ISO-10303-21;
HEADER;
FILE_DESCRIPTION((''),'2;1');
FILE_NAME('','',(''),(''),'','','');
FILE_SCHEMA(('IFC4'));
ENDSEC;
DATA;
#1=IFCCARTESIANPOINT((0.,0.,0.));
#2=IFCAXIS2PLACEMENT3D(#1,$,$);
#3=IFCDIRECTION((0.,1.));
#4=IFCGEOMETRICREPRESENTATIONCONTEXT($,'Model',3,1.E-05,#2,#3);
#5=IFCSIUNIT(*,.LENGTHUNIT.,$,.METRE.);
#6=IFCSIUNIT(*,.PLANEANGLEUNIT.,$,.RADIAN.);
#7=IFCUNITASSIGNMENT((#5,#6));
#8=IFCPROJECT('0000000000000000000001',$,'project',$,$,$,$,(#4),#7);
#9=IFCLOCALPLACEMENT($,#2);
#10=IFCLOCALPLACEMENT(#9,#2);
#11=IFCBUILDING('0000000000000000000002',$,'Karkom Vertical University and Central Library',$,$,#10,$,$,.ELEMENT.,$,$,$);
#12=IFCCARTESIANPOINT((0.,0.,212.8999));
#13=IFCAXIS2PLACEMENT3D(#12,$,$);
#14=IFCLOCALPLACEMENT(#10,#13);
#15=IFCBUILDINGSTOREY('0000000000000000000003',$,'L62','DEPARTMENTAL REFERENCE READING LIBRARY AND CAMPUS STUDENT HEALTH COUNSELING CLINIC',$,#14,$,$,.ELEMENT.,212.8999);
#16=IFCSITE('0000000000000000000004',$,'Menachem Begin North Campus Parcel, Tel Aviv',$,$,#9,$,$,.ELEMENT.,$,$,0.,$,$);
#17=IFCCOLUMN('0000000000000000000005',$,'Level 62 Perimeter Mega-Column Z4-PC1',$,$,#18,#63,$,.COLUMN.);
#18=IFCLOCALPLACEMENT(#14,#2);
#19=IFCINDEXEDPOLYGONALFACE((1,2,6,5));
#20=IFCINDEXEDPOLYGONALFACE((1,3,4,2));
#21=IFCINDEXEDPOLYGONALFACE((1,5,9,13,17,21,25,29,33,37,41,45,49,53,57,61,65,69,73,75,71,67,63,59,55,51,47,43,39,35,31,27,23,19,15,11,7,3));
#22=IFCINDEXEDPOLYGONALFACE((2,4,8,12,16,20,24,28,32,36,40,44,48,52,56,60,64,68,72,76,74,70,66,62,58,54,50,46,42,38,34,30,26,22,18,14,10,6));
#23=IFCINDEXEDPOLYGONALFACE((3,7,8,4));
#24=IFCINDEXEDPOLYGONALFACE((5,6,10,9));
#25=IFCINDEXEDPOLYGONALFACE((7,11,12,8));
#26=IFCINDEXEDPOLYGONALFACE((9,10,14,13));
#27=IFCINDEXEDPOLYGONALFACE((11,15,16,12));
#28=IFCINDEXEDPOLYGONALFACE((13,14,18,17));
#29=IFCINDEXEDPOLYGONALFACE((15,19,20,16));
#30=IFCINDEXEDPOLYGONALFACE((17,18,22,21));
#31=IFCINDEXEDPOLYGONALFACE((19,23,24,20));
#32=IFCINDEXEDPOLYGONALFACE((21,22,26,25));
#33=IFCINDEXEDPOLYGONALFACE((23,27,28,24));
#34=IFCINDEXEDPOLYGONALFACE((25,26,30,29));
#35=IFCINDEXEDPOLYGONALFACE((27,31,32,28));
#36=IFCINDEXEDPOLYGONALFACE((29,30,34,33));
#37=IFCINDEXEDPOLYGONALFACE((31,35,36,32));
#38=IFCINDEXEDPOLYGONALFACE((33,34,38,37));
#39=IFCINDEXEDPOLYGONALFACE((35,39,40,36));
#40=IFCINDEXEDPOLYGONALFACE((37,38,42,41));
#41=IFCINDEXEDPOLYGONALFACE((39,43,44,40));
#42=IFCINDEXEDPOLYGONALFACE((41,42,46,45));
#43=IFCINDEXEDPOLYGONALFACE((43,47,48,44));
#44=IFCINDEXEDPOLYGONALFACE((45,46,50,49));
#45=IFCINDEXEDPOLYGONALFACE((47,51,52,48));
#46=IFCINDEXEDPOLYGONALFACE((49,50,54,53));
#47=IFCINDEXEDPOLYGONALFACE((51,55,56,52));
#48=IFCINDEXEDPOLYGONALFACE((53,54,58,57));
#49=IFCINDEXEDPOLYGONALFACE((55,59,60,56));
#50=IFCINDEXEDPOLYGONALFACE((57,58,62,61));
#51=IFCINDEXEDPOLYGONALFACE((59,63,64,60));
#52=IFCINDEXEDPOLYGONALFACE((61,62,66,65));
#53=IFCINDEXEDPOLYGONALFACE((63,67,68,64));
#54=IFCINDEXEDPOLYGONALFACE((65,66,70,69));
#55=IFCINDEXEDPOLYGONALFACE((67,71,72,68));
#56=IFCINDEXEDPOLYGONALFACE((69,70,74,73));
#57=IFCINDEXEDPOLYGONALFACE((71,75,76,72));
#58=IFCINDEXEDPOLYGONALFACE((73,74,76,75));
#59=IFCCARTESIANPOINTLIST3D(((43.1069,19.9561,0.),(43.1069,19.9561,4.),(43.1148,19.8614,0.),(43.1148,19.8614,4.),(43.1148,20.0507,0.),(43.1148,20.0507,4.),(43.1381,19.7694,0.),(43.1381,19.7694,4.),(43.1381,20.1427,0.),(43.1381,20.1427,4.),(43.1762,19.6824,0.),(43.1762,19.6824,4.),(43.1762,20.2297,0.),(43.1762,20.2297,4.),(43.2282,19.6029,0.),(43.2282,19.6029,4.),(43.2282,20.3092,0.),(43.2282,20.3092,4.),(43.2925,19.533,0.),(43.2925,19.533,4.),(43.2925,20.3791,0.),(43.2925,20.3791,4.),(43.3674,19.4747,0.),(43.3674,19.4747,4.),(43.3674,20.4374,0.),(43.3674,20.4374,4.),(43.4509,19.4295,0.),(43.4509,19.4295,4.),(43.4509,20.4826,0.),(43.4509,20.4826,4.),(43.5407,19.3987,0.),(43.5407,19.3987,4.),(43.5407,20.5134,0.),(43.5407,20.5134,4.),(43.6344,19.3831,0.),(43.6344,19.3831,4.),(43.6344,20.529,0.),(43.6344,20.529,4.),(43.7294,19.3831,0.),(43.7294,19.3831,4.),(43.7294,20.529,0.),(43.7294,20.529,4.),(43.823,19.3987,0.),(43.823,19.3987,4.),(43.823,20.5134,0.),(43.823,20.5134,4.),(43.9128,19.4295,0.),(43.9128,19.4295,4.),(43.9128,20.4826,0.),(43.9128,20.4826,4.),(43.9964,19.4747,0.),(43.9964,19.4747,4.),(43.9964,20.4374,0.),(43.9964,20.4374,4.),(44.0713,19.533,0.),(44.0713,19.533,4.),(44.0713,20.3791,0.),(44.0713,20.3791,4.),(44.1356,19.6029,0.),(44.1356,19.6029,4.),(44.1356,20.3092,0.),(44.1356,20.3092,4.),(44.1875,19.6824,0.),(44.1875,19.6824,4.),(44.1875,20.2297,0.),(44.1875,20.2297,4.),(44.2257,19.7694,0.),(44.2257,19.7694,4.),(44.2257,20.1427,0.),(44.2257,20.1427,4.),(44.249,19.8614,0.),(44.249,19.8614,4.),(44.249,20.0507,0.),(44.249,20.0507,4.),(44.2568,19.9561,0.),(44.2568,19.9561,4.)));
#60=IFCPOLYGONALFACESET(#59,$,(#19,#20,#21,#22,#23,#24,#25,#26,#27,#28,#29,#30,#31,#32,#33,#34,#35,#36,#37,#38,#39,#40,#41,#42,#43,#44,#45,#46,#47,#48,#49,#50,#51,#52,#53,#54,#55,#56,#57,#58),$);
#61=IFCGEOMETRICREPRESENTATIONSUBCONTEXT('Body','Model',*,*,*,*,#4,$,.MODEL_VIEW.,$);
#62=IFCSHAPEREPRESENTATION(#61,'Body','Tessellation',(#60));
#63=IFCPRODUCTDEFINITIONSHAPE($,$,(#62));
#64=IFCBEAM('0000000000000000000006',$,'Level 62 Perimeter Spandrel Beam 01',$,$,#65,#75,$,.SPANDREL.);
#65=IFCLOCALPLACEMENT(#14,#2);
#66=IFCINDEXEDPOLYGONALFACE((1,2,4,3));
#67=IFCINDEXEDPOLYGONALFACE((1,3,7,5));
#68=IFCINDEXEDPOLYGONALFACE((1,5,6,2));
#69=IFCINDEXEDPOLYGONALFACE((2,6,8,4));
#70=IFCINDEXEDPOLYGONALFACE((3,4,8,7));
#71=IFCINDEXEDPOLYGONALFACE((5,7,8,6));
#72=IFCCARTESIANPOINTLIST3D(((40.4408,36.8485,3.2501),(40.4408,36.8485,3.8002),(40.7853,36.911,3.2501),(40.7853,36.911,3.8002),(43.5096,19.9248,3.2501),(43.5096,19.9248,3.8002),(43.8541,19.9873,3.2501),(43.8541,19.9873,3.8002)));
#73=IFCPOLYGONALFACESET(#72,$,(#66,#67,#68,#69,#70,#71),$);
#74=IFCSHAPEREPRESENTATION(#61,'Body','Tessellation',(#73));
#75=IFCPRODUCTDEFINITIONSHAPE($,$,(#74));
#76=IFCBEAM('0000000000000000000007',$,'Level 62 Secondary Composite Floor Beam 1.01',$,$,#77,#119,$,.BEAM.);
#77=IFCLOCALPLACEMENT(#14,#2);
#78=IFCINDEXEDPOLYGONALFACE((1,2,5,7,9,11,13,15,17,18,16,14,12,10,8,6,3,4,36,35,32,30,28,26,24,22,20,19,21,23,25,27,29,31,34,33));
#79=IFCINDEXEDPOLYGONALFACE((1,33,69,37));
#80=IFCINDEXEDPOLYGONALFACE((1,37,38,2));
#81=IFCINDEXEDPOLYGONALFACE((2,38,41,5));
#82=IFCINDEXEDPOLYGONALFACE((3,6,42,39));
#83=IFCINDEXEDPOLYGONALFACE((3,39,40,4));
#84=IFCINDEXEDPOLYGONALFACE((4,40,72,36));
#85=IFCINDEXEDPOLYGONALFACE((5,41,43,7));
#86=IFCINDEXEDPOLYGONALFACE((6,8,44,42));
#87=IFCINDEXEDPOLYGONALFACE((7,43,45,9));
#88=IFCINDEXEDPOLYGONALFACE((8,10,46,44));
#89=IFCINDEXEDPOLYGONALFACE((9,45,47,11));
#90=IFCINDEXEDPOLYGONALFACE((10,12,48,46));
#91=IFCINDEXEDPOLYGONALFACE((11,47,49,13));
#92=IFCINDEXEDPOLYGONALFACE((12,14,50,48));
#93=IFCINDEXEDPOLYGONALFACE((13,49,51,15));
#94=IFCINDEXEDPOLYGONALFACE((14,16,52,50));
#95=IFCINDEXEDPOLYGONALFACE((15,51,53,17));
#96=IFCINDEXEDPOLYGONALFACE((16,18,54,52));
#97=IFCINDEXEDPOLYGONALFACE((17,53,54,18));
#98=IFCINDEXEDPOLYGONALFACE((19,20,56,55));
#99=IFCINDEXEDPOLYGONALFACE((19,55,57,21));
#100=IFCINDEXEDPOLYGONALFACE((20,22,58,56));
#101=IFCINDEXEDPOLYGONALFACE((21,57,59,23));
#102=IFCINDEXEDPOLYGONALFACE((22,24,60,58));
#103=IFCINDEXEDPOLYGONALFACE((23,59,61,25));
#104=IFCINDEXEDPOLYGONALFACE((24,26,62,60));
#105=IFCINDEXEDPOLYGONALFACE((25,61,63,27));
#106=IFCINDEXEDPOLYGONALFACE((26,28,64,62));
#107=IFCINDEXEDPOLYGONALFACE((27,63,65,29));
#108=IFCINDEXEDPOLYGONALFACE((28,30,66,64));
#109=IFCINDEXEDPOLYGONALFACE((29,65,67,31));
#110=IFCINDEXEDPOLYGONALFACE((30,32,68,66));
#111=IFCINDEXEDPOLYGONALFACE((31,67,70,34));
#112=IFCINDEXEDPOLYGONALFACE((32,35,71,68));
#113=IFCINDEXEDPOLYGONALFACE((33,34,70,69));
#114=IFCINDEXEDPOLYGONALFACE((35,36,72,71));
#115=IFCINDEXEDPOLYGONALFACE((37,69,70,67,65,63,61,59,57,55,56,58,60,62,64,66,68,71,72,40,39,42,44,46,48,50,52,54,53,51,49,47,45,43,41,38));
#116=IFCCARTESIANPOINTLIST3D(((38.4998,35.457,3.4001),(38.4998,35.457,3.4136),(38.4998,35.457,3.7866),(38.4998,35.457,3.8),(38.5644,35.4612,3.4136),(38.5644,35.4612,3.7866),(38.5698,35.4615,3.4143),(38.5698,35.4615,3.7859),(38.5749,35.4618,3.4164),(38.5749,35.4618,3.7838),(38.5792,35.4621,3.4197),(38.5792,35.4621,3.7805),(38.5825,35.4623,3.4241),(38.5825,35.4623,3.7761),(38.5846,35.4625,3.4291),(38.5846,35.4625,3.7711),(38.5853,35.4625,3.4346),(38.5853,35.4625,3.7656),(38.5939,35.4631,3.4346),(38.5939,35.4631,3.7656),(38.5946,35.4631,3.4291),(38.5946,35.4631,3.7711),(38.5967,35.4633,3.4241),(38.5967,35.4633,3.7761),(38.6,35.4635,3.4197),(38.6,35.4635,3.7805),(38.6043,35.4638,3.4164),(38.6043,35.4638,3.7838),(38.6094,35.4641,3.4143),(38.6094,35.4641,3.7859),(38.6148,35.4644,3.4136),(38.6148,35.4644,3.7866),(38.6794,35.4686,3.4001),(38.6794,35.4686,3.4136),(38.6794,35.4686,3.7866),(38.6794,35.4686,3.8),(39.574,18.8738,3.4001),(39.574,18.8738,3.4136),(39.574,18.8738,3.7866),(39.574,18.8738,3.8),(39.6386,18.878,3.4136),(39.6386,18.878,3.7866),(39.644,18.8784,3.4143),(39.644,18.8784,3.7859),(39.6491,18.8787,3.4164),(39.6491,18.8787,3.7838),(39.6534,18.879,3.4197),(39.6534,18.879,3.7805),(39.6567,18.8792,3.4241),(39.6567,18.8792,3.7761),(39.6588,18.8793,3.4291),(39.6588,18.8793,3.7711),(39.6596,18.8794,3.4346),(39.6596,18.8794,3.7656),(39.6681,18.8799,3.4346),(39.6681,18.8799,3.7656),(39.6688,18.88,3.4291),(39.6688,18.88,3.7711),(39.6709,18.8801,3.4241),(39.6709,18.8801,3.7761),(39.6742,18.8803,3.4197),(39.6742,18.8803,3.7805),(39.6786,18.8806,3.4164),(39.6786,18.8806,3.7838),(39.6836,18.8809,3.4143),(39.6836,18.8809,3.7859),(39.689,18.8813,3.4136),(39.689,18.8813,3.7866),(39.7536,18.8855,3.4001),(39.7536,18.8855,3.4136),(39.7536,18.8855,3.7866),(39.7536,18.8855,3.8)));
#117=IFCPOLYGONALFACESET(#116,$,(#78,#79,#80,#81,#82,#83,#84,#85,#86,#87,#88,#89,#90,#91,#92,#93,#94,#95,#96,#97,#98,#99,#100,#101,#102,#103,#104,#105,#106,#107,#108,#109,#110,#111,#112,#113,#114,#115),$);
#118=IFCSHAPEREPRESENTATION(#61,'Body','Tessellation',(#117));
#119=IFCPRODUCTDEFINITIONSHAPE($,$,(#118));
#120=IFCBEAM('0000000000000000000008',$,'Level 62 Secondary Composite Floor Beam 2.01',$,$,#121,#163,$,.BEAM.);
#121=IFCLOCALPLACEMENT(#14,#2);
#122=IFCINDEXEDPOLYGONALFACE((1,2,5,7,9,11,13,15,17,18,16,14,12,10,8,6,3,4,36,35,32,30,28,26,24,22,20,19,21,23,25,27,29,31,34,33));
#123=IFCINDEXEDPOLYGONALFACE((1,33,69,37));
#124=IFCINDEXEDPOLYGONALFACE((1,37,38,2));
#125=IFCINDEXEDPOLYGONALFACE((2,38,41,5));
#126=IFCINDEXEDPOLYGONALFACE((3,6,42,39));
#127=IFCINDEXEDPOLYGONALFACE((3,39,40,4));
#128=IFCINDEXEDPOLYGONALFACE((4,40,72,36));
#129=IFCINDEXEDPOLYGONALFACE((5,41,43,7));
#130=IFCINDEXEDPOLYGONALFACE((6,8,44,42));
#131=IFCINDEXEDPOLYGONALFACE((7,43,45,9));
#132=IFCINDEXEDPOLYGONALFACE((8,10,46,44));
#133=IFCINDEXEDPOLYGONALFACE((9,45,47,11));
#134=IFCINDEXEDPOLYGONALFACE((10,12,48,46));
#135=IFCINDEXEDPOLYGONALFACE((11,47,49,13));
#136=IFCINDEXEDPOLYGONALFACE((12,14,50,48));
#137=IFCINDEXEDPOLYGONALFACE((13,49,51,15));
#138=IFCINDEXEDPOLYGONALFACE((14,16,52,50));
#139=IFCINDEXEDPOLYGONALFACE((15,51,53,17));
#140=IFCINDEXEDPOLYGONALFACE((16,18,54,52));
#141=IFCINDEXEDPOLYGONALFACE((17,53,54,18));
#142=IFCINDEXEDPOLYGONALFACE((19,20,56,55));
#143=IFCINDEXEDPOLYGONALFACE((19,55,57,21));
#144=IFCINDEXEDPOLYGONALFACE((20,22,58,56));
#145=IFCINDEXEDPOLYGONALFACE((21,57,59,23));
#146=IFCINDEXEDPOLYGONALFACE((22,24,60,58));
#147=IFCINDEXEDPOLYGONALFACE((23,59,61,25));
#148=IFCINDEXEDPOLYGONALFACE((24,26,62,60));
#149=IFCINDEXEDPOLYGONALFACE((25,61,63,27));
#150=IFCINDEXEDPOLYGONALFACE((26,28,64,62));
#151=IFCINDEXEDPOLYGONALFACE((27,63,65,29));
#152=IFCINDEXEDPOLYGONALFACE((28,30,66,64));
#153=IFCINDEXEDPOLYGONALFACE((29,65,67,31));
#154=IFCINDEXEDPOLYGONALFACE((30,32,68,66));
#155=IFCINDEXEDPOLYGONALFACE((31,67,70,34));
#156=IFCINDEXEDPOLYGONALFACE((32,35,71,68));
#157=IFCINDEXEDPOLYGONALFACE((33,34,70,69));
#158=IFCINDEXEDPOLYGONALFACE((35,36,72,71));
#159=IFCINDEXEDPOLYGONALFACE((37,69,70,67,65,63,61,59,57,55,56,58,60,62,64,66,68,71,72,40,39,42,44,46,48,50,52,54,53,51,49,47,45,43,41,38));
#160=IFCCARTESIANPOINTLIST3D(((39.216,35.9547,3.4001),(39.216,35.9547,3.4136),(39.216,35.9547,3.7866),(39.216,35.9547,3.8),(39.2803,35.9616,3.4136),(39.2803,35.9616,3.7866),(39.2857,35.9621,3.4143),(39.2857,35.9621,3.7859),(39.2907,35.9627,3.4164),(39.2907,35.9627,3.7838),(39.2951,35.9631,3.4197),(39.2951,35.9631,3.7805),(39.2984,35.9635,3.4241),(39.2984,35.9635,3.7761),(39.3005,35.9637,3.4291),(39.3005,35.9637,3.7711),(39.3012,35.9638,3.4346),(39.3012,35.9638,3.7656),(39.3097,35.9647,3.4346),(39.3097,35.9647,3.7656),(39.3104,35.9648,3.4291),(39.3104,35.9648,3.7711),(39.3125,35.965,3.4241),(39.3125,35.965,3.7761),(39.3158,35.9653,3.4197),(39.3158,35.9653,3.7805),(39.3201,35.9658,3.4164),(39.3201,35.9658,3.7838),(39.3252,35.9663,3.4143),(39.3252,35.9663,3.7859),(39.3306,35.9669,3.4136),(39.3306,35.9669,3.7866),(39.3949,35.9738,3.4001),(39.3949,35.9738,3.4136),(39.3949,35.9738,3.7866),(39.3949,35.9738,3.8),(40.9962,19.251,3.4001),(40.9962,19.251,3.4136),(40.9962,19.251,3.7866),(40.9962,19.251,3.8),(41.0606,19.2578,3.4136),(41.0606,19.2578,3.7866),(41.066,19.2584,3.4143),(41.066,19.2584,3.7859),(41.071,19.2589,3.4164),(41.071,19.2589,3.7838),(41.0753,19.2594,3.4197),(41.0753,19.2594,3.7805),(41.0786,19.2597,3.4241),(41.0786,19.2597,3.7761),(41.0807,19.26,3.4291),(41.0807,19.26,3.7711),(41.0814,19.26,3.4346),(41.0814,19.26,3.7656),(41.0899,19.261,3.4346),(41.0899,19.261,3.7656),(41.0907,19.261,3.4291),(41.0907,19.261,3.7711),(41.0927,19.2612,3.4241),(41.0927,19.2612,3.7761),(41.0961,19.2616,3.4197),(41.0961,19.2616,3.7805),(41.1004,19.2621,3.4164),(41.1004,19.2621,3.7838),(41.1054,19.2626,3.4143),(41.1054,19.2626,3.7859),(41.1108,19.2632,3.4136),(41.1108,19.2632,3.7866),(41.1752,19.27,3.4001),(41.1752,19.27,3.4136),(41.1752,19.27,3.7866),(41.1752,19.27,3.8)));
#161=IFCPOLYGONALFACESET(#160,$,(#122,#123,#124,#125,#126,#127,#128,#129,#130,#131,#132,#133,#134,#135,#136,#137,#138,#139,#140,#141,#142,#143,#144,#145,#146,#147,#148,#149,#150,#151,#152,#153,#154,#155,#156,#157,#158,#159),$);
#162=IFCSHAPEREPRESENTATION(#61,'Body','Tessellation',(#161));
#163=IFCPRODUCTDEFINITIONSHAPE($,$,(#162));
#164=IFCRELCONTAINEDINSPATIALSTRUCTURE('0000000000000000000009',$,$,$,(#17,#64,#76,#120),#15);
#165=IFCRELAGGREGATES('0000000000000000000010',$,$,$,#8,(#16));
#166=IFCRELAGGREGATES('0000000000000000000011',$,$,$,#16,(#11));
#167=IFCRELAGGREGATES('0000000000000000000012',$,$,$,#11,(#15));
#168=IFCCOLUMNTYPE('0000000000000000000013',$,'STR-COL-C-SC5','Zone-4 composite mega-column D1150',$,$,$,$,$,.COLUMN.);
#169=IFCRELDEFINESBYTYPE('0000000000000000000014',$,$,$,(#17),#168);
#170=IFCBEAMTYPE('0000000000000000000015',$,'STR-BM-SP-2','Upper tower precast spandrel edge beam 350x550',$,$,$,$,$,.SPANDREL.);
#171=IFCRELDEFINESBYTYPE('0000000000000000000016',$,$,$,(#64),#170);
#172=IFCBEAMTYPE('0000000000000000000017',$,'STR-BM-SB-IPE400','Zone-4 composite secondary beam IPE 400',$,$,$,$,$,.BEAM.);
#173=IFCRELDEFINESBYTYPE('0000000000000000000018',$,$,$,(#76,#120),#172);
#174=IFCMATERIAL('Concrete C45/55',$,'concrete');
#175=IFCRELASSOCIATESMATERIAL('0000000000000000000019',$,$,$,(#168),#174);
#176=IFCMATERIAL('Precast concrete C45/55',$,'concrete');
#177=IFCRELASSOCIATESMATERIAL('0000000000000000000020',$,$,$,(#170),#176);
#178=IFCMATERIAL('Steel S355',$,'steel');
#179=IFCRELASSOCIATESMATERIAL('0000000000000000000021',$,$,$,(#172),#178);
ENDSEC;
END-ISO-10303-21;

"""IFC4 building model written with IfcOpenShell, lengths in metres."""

from ifc_helpers import new_model, si_unit, direction, frame, origin, origin_with_axes, origin_2d, place, context, subcontext, project, spatial, rectangle, circle, i_section, extrude, source, transform, mapped, material, material_profile, profile_set, type_object, element, save


model = new_model("IFC4")

# Units and contexts
model_context = context("Model", 3, precision=1e-05, world=origin(), true_north=direction((0.0, 1.0)))
body_context = subcontext(model_context, "Body", "Model", "MODEL_VIEW")
ifc_project = project(units=[si_unit("LENGTHUNIT", "METRE"), si_unit("PLANEANGLEUNIT", "RADIAN")], contexts=[model_context])

# Site, building, storey
site_placement = place(None, origin())
site = spatial("IfcSite", under=ifc_project, at=site_placement, Name="Menachem Begin North Campus Parcel, Tel Aviv", CompositionType="ELEMENT", RefElevation=0.0)
building_placement = place(site_placement, origin())
building = spatial("IfcBuilding", under=site, at=building_placement, Name="Karkom Vertical University and Central Library", CompositionType="ELEMENT")
storey_placement = place(building_placement, frame((0.0, 0.0, 212.8999)))
storey = spatial("IfcBuildingStorey", under=building, at=storey_placement, Name="L62", Description="DEPARTMENTAL REFERENCE READING LIBRARY AND CAMPUS STUDENT HEALTH COUNSELING CLINIC", CompositionType="ELEMENT", Elevation=212.8999)

# Column
ifc_material_1 = material(Name="Concrete C45/55", Category="concrete")
ifc_material_profile_1 = material_profile(ifc_material_1, circle(Radius=0.575, at=origin_2d()), Name="CFT-D1150")
ifc_profile_set_1 = profile_set([ifc_material_profile_1], Name="Concrete C45/55")
column_type = type_object("IfcColumnType", Name="STR-COL-C-SC5", Description="Zone-4 composite mega-column D1150", PredefinedType="COLUMN", material=ifc_profile_set_1)
shared_shape_1 = source(origin_with_axes(), body_context, "Body", "SweptSolid", [
    extrude(circle(Radius=0.575, at=origin_2d()), origin(), (0.0, 0.0, 1.0), 4.0),
])
column_placement = place(storey_placement, frame((43.6819, 19.9561, 0.0), z_axis=(0.0, 0.0, 1.0), x_axis=(1.0, 0.0, 0.0)))
element("IfcColumn", 1, at=column_placement, inside=storey, type_object=column_type, Name="Level 62 Perimeter Mega-Column Z4-PC1", PredefinedType="COLUMN", context=body_context, shape_type="MappedRepresentation", body=[
    mapped(shared_shape_1, transform((0.0, 0.0, 0.0), scale=1.0)),
])

# Beams
ifc_material_2 = material(Name="Precast concrete C45/55", Category="concrete")
ifc_material_profile_2 = material_profile(ifc_material_2, rectangle(XDim=0.3501, YDim=0.55, at=origin_2d()), Name="SPB-350x550")
ifc_profile_set_2 = profile_set([ifc_material_profile_2], Name="Precast concrete C45/55")
beam_type_1 = type_object("IfcBeamType", Name="STR-BM-SP-2", Description="Upper tower precast spandrel edge beam 350x550", PredefinedType="SPANDREL", material=ifc_profile_set_2)
shared_shape_2 = source(origin_with_axes(), body_context, "Body", "SweptSolid", [
    extrude(rectangle(XDim=0.3501, YDim=0.55, at=origin_2d()), origin(), (0.0, 0.0, 1.0), 17.1997),
])
beam_1_placement = place(storey_placement, frame((43.6819, 19.9561, 3.5251), z_axis=(-0.178423, 0.983954, 0.0), x_axis=(-0.983954, -0.178423, 0.0)))
element("IfcBeam", 2, at=beam_1_placement, inside=storey, type_object=beam_type_1, Name="Level 62 Perimeter Spandrel Beam 01", PredefinedType="SPANDREL", context=body_context, shape_type="MappedRepresentation", body=[
    mapped(shared_shape_2, transform((0.0, 0.0, 0.0), scale=1.0)),
])
ifc_material_3 = material(Name="Steel S355", Category="steel")
ifc_material_profile_3 = material_profile(ifc_material_3, i_section(OverallWidth=0.1799, OverallDepth=0.3999, WebThickness=0.0085, FlangeThickness=0.0134, FilletRadius=0.021, at=origin_2d()), Name="IPE 400")
ifc_profile_set_3 = profile_set([ifc_material_profile_3], Name="Steel S355")
beam_type_2 = type_object("IfcBeamType", Name="STR-BM-SB-IPE400", Description="Zone-4 composite secondary beam IPE 400", PredefinedType="BEAM", material=ifc_profile_set_3)
shared_shape_3 = source(origin_with_axes(), body_context, "Body", "SweptSolid", [
    extrude(i_section(OverallWidth=0.1799, OverallDepth=0.3999, WebThickness=0.0085, FlangeThickness=0.0134, FilletRadius=0.021, at=origin_2d()), origin(), (0.0, 0.0, 1.0), 16.6179),
])
beam_2_placement = place(storey_placement, frame((39.6638, 18.8796, 3.6001), z_axis=(-0.064642, 0.997909, 0.0), x_axis=(-0.997909, -0.064642, 0.0)))
element("IfcBeam", 3, at=beam_2_placement, inside=storey, type_object=beam_type_2, Name="Level 62 Secondary Composite Floor Beam 1.01", PredefinedType="BEAM", context=body_context, shape_type="MappedRepresentation", body=[
    mapped(shared_shape_3, transform((0.0, 0.0, 0.0), scale=1.0)),
])
shared_shape_4 = source(origin_with_axes(), body_context, "Body", "SweptSolid", [
    extrude(i_section(OverallWidth=0.1799, OverallDepth=0.3999, WebThickness=0.0085, FlangeThickness=0.0134, FilletRadius=0.021, at=origin_2d()), origin(), (0.0, 0.0, 1.0), 16.7983),
])
beam_3_placement = place(storey_placement, frame((41.0857, 19.2605, 3.6001), z_axis=(-0.105978, 0.994368, 0.0), x_axis=(-0.994368, -0.105978, 0.0)))
element("IfcBeam", 4, at=beam_3_placement, inside=storey, type_object=beam_type_2, Name="Level 62 Secondary Composite Floor Beam 2.01", PredefinedType="BEAM", context=body_context, shape_type="MappedRepresentation", body=[
    mapped(shared_shape_4, transform((0.0, 0.0, 0.0), scale=1.0)),
])

save(model, "model.ifc")
